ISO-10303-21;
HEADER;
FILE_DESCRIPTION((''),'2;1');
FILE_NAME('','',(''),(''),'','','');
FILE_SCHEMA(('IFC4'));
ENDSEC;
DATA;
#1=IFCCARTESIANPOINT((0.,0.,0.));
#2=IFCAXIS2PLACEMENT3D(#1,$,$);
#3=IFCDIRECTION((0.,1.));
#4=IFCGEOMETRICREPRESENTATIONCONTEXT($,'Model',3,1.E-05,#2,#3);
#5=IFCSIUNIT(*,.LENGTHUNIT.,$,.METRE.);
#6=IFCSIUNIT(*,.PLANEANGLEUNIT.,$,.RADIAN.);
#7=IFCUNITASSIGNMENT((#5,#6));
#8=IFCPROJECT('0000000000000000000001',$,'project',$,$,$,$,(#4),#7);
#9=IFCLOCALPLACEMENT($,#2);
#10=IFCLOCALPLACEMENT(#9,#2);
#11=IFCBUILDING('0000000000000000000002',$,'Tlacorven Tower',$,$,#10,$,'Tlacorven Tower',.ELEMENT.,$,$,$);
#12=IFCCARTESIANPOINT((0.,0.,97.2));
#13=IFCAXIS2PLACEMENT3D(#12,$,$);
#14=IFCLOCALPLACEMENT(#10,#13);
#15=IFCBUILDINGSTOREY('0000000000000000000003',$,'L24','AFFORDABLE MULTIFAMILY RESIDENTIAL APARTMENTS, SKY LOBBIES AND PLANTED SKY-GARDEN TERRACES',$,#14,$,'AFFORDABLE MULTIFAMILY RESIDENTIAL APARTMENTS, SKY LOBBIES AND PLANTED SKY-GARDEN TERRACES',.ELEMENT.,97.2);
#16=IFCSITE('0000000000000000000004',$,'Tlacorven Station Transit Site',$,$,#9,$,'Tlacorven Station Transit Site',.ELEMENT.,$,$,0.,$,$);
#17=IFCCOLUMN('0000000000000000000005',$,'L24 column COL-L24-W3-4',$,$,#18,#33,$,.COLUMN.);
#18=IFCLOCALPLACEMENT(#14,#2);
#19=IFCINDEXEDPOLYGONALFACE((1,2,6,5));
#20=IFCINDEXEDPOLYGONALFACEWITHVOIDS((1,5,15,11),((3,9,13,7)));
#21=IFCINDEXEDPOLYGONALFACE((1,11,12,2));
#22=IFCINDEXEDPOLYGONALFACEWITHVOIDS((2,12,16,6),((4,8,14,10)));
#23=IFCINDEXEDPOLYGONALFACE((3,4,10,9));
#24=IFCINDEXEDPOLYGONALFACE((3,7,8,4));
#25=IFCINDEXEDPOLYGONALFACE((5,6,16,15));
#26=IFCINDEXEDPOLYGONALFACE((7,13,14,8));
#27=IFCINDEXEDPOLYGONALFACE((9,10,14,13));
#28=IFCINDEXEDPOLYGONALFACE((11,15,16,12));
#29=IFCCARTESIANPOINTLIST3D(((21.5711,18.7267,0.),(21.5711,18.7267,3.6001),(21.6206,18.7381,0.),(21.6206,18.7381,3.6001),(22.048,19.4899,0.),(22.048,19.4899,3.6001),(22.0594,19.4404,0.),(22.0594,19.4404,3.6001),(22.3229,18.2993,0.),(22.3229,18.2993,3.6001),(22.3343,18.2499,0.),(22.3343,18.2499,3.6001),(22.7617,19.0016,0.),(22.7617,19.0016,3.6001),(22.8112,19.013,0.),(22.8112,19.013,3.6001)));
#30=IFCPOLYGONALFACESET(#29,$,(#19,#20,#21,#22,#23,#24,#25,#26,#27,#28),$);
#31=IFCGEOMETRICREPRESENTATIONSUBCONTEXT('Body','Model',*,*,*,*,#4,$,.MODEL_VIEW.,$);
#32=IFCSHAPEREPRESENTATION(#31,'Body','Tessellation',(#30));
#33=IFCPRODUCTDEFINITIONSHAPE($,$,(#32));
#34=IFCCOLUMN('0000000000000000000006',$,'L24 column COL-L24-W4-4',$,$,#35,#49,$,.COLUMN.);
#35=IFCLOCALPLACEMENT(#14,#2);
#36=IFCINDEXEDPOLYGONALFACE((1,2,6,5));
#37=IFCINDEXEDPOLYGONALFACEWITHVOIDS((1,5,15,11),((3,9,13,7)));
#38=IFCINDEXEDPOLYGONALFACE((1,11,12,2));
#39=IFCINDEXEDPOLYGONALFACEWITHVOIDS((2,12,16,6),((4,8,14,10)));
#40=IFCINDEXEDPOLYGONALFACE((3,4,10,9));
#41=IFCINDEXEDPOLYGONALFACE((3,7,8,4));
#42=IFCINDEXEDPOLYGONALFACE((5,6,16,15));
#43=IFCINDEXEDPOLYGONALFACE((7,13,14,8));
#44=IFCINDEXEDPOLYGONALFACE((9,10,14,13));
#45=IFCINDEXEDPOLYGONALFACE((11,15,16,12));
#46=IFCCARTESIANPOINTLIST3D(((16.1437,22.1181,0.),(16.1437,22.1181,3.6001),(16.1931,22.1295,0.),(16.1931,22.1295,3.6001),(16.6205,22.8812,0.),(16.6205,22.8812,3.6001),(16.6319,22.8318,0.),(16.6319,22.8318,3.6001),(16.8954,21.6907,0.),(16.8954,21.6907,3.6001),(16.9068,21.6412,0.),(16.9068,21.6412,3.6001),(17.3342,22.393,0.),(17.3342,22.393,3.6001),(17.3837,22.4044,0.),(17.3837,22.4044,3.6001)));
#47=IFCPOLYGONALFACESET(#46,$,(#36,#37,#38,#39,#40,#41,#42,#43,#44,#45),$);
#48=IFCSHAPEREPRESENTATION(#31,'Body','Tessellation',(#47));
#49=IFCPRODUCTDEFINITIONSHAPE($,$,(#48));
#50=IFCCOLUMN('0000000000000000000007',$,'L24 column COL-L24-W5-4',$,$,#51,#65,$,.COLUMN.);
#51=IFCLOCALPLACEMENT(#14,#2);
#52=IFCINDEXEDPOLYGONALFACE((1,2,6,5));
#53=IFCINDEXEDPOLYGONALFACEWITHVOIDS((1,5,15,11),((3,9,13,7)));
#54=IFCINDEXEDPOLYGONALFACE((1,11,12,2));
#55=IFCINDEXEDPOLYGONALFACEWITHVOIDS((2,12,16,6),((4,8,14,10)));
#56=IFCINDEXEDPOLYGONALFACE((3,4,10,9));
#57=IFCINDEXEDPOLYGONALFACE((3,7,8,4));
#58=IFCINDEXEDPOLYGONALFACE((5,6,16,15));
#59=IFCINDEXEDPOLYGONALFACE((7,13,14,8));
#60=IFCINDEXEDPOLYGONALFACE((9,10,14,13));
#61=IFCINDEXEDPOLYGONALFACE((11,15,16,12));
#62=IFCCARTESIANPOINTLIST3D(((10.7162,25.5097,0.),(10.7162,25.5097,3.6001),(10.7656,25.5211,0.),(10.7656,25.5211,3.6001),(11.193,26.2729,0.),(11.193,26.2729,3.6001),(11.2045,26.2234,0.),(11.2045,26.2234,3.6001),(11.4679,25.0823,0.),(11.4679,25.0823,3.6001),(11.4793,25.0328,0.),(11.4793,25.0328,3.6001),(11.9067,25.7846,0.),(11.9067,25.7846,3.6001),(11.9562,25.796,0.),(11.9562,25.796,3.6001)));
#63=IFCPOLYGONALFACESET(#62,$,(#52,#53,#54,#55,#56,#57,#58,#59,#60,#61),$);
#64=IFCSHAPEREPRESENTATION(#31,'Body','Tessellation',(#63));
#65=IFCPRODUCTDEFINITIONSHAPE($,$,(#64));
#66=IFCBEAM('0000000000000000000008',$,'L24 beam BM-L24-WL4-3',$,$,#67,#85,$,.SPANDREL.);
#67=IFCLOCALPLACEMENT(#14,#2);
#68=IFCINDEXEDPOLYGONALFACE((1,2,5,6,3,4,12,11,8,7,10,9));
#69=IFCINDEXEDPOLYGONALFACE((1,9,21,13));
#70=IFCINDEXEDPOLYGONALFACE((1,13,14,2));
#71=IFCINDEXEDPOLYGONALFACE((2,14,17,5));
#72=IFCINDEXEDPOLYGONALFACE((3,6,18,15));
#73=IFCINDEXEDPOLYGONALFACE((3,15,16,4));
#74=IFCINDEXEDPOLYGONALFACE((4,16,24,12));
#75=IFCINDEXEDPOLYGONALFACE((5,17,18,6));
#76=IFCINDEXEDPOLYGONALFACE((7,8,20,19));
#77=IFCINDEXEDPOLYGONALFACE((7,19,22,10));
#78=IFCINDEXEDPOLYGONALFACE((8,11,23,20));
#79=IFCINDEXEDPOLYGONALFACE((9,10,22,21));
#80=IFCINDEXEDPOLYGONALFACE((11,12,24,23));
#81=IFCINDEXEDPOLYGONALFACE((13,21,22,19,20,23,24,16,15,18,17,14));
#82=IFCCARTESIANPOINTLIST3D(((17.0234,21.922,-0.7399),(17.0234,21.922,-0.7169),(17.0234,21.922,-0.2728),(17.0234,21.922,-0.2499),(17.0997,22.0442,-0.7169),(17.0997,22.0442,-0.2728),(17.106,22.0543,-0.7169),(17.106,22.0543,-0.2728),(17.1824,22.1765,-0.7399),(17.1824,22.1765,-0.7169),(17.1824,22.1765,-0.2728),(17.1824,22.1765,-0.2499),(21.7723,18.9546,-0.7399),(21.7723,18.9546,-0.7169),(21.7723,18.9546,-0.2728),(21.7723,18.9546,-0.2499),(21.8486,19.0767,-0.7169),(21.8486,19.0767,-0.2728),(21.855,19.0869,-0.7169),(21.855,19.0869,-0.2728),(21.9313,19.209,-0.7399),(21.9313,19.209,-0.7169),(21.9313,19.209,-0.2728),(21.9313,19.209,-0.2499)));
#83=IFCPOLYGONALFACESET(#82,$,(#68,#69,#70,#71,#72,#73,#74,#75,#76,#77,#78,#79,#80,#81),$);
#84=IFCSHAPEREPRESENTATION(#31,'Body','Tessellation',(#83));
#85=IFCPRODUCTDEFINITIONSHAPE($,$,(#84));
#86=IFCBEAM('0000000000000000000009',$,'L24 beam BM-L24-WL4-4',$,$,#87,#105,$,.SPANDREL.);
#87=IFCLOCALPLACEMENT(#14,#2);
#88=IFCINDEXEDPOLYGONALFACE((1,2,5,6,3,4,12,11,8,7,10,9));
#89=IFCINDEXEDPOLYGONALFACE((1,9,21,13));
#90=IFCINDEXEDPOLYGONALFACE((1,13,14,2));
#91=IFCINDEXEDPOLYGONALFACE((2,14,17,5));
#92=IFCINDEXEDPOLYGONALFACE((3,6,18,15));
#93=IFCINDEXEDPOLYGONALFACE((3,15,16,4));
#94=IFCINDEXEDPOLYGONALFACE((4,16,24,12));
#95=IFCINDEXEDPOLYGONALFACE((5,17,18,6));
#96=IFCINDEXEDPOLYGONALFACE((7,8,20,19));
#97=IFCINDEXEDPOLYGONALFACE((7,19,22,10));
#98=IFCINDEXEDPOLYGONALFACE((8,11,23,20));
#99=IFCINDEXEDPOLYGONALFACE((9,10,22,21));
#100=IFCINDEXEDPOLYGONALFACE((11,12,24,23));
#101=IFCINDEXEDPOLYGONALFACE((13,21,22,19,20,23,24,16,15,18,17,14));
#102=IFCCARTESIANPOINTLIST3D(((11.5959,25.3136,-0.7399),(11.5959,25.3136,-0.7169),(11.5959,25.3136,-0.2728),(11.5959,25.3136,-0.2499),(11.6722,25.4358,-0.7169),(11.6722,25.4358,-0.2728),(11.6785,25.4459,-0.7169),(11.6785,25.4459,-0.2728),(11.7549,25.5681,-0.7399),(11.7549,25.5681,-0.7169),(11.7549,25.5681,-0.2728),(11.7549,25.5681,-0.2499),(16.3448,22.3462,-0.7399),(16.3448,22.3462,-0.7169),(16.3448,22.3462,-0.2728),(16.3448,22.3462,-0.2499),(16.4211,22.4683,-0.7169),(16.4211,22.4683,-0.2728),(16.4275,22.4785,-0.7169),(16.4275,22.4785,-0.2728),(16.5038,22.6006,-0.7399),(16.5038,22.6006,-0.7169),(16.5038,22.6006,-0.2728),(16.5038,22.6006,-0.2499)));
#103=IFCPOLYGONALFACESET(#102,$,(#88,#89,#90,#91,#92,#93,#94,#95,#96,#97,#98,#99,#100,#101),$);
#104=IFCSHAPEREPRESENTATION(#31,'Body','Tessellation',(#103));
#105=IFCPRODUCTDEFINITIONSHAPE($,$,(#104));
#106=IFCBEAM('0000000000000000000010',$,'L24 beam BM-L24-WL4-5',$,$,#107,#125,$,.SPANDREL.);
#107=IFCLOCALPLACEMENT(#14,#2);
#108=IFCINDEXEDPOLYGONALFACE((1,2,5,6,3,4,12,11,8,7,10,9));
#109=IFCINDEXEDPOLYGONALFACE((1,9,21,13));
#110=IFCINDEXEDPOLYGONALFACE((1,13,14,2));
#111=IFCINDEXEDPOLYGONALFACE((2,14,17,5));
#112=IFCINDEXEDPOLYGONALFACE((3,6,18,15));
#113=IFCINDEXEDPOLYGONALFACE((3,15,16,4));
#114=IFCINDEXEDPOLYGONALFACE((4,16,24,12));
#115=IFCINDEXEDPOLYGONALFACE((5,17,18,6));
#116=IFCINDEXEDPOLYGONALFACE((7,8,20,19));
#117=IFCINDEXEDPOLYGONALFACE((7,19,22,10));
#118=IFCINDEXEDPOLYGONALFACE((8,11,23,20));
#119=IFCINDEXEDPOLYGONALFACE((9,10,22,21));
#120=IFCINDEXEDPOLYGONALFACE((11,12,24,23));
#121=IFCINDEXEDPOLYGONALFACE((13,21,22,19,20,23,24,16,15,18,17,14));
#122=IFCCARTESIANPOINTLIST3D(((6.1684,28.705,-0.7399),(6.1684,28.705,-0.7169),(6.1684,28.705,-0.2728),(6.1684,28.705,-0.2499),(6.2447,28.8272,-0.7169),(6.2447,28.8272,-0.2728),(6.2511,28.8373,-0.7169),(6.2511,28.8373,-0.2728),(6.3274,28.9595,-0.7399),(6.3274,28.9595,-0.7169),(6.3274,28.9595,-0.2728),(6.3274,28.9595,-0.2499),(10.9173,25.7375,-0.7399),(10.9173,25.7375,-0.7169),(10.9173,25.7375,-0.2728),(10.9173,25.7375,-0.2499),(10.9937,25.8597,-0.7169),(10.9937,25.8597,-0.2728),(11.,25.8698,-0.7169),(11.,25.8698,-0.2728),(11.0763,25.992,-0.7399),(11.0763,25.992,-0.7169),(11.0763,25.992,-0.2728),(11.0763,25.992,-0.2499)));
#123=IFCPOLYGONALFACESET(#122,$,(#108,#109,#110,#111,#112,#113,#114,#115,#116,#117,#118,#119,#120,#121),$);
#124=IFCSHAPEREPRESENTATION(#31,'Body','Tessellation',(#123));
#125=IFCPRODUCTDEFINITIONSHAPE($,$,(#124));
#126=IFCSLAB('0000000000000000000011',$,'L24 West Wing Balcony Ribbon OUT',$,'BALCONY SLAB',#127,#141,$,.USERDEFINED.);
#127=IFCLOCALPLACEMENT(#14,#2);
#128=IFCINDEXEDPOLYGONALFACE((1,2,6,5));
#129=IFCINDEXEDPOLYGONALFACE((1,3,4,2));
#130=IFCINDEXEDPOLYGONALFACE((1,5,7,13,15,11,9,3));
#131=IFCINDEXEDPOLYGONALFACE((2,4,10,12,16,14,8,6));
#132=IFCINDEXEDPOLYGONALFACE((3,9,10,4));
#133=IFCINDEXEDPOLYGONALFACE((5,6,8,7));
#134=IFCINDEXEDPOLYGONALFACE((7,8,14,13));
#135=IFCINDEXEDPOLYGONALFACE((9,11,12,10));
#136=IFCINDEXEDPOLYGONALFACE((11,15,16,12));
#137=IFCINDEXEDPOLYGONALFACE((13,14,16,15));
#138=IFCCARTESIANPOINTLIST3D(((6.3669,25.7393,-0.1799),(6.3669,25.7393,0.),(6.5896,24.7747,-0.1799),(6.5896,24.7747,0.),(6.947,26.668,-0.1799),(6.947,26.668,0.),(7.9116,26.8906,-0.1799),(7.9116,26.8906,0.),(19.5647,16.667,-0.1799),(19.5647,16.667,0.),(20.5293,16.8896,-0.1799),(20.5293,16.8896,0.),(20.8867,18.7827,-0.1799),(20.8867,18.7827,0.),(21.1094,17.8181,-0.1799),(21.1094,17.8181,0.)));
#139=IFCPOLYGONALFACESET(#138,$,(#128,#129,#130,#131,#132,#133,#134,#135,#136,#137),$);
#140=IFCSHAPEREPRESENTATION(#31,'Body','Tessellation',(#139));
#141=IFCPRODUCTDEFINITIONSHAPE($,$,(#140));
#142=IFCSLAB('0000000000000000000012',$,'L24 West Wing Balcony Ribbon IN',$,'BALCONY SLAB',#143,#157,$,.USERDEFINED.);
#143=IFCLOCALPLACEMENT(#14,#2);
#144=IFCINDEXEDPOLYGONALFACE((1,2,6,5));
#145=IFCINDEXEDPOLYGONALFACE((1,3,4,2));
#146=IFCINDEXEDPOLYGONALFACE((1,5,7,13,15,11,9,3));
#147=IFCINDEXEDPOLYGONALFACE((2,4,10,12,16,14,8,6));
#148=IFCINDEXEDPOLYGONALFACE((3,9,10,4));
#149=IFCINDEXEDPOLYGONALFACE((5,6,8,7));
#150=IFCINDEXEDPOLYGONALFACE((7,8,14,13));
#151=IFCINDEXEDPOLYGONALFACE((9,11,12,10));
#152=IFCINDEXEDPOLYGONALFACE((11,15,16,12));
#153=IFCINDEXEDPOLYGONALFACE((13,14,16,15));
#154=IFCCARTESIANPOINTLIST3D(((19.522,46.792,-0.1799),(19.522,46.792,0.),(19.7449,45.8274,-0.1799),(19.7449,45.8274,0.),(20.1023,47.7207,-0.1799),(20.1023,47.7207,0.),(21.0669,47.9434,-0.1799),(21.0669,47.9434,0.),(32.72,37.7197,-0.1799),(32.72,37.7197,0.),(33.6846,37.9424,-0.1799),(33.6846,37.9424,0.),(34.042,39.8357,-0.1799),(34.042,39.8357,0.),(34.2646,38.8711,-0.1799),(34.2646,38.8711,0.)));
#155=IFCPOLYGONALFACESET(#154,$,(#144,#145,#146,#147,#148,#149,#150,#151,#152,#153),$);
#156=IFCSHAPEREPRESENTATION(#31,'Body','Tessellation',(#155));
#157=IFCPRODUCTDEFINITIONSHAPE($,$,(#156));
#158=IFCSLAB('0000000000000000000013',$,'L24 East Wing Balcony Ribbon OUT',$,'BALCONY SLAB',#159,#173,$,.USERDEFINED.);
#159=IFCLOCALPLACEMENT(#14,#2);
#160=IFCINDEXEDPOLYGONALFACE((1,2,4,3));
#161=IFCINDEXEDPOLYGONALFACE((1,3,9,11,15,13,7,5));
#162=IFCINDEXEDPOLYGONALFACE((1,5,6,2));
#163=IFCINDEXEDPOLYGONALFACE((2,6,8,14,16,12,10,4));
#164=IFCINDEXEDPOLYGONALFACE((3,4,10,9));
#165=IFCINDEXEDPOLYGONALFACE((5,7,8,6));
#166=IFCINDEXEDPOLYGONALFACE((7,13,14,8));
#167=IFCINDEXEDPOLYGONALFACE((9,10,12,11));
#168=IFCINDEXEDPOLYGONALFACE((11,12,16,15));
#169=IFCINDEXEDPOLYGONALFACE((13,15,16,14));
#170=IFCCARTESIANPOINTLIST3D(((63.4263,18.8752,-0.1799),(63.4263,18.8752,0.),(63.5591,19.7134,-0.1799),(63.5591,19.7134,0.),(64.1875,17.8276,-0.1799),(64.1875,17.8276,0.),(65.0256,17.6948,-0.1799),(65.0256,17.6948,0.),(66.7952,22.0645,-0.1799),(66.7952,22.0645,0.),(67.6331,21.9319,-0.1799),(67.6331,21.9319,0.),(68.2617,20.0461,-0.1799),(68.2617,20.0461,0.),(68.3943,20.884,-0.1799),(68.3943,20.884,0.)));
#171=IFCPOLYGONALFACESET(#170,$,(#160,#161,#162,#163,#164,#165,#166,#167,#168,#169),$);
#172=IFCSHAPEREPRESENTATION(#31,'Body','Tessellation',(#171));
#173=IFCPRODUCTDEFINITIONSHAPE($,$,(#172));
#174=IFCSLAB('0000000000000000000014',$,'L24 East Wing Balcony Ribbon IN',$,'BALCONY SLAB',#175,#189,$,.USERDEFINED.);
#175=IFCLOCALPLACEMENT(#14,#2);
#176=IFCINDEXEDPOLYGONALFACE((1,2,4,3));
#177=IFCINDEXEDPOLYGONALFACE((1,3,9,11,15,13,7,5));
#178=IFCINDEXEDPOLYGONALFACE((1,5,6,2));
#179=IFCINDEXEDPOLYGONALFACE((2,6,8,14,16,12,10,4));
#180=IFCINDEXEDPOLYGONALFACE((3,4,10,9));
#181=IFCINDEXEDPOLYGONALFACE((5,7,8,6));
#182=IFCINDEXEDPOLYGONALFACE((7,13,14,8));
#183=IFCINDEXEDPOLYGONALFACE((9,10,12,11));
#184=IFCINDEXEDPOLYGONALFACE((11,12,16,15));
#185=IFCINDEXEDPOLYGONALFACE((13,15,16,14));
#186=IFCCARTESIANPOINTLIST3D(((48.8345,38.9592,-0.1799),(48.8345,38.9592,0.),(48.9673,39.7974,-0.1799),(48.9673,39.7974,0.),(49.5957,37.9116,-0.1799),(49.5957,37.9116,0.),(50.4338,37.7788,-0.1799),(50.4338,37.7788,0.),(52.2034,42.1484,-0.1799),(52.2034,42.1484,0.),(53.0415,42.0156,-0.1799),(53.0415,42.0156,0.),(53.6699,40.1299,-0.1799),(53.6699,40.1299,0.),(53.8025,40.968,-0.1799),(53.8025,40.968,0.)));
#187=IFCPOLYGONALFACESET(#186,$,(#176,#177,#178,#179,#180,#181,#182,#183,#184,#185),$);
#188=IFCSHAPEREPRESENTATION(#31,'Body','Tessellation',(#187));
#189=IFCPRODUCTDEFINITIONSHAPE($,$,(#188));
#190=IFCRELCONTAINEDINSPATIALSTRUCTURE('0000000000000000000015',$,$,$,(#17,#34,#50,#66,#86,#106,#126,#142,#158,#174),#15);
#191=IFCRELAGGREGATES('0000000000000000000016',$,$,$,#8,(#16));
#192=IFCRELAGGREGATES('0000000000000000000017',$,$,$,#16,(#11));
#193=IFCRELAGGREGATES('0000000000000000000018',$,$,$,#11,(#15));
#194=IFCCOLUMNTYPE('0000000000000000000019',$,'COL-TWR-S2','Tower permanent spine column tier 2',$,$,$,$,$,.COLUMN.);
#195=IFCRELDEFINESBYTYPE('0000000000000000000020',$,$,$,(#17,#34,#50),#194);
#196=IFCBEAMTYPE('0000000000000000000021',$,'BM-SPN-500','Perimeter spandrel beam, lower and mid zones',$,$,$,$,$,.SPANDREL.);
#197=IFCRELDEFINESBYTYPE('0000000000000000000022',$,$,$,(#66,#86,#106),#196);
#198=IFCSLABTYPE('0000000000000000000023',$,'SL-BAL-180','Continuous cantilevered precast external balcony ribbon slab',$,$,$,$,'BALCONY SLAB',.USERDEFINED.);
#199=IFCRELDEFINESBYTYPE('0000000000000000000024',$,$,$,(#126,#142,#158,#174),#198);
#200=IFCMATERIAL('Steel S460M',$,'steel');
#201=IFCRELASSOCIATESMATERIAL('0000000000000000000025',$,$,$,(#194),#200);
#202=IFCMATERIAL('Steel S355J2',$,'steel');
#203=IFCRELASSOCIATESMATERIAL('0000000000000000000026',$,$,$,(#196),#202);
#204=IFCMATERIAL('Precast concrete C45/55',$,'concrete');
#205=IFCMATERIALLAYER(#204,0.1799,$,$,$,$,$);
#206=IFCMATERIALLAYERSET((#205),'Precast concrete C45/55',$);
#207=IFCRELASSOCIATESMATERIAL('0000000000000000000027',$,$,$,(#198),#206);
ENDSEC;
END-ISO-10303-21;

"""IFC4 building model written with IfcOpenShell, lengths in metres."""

from ifc_helpers import new_model, si_unit, direction, frame, origin, origin_2d, place, context, subcontext, project, spatial, polyline, hollow_rectangle, i_section, outline, extrude, source, transform, mapped, material, layer, layer_set, material_profile, profile_set, type_object, element, save


model = new_model("IFC4")

# Units and contexts
model_context = context("Model", 3, precision=1e-05, world=origin(), true_north=direction((0.0, 1.0)))
body_context = subcontext(model_context, "Body", "Model", "MODEL_VIEW")
ifc_project = project(units=[si_unit("LENGTHUNIT", "METRE"), si_unit("PLANEANGLEUNIT", "RADIAN")], contexts=[model_context])

# Site, building, storey
site_placement = place(None, origin())
site = spatial("IfcSite", under=ifc_project, at=site_placement, Name="Tlacorven Station Transit Site", LongName="Tlacorven Station Transit Site", CompositionType="ELEMENT", RefElevation=0.0)
building_placement = place(site_placement, origin())
building = spatial("IfcBuilding", under=site, at=building_placement, Name="Tlacorven Tower", LongName="Tlacorven Tower", CompositionType="ELEMENT")
storey_placement = place(building_placement, frame((0.0, 0.0, 97.2)))
storey = spatial("IfcBuildingStorey", under=building, at=storey_placement, Name="L24", Description="AFFORDABLE MULTIFAMILY RESIDENTIAL APARTMENTS, SKY LOBBIES AND PLANTED SKY-GARDEN TERRACES", LongName="AFFORDABLE MULTIFAMILY RESIDENTIAL APARTMENTS, SKY LOBBIES AND PLANTED SKY-GARDEN TERRACES", CompositionType="ELEMENT", Elevation=97.2)

# Columns
ifc_material_1 = material(Name="Steel S460M", Category="steel")
ifc_material_profile_1 = material_profile(ifc_material_1, hollow_rectangle(XDim=0.8999, YDim=0.8999, WallThickness=0.0359, at=origin_2d()), Name="BOX 900X900X36")
ifc_profile_set_1 = profile_set([ifc_material_profile_1], Name="Steel S460M")
column_type = type_object("IfcColumnType", Name="COL-TWR-S2", Description="Tower permanent spine column tier 2", PredefinedType="COLUMN", material=ifc_profile_set_1)
shared_shape_1 = source(origin(), body_context, "Body", "SweptSolid", [
    extrude(hollow_rectangle(XDim=0.8999, YDim=0.8999, WallThickness=0.0359, at=origin_2d()), origin(), (0.0, 0.0, 1.0), 3.6001),
])
for number, where, z_axis, x_axis, name in (
    (1, (22.1912, 18.8699, 0.0), (0.0, 0.0, 1.0), (-0.848048, 0.529919, 0.0), "L24 column COL-L24-W3-4"),
    (2, (16.7637, 22.2612, 0.0), (0.0, 0.0, 1.0), (-0.848048, 0.529919, 0.0), "L24 column COL-L24-W4-4"),
    (3, (11.3362, 25.6528, 0.0), (0.0, 0.0, 1.0), (-0.848048, 0.529919, 0.0), "L24 column COL-L24-W5-4"),
):
    element("IfcColumn", number, at=place(storey_placement, frame(where, z_axis=z_axis, x_axis=x_axis)), inside=storey, type_object=column_type, Name=name, PredefinedType="COLUMN", context=body_context, shape_type="MappedRepresentation", body=[
        mapped(shared_shape_1, transform((0.0, 0.0, 0.0), scale=1.0)),
    ])

# Beams
ifc_material_2 = material(Name="Steel S355J2", Category="steel")
ifc_material_profile_2 = material_profile(ifc_material_2, i_section(OverallWidth=0.3, OverallDepth=0.49, WebThickness=0.012, FlangeThickness=0.0229, at=origin_2d()), Name="HEA 500")
ifc_profile_set_2 = profile_set([ifc_material_profile_2], Name="Steel S355J2")
beam_type = type_object("IfcBeamType", Name="BM-SPN-500", Description="Perimeter spandrel beam, lower and mid zones", PredefinedType="SPANDREL", material=ifc_profile_set_2)
shared_shape_2 = source(origin(), body_context, "Body", "SweptSolid", [
    extrude(i_section(OverallWidth=0.3, OverallDepth=0.49, WebThickness=0.012, FlangeThickness=0.0229, at=origin_2d()), origin(), (0.0, 0.0, 1.0), 5.5999),
])
for number, where, z_axis, x_axis, name in (
    (4, (21.8518, 19.0818, -0.4949), (-0.848047, 0.529921, 0.0), (-0.529921, -0.848047, 0.0), "L24 beam BM-L24-WL4-3"),
    (5, (16.4243, 22.4734, -0.4949), (-0.848047, 0.529921, 0.0), (-0.529921, -0.848047, 0.0), "L24 beam BM-L24-WL4-4"),
    (6, (10.9968, 25.8647, -0.4949), (-0.848047, 0.529921, 0.0), (-0.529921, -0.848047, 0.0), "L24 beam BM-L24-WL4-5"),
):
    element("IfcBeam", number, at=place(storey_placement, frame(where, z_axis=z_axis, x_axis=x_axis)), inside=storey, type_object=beam_type, Name=name, PredefinedType="SPANDREL", context=body_context, shape_type="MappedRepresentation", body=[
        mapped(shared_shape_2, transform((0.0, 0.0, 0.0), scale=1.0)),
    ])

# Slabs
ifc_material_3 = material(Name="Precast concrete C45/55", Category="concrete")
ifc_layer_1 = layer(ifc_material_3, 0.1799)
ifc_layer_set_1 = layer_set([ifc_layer_1], Name="Precast concrete C45/55")
slab_type_1 = type_object("IfcSlabType", Name="SL-BAL-180", Description="Continuous cantilevered precast external balcony ribbon slab", ElementType="BALCONY SLAB", PredefinedType="USERDEFINED", material=ifc_layer_set_1)
slab_1_placement = place(storey_placement, frame((0.0, 0.0, -0.1799)))
element("IfcSlab", 7, at=slab_1_placement, inside=storey, type_object=slab_type_1, Name="L24 West Wing Balcony Ribbon OUT", ObjectType="BALCONY SLAB", PredefinedType="USERDEFINED", context=body_context, shape_type="SweptSolid", body=[
    extrude(outline(polyline([(20.8867, 18.7827), (7.9116, 26.8906), (6.947, 26.668), (6.3669, 25.7393), (6.5896, 24.7747), (19.5647, 16.667), (20.5293, 16.8896), (21.1094, 17.8181), (20.8867, 18.7827)])), origin(), (0.0, 0.0, 1.0), 0.1799),
])
slab_2_placement = place(storey_placement, frame((0.0, 0.0, -0.1799)))
element("IfcSlab", 8, at=slab_2_placement, inside=storey, type_object=slab_type_1, Name="L24 West Wing Balcony Ribbon IN", ObjectType="BALCONY SLAB", PredefinedType="USERDEFINED", context=body_context, shape_type="SweptSolid", body=[
    extrude(outline(polyline([(34.042, 39.8357), (21.0669, 47.9434), (20.1023, 47.7207), (19.522, 46.792), (19.7449, 45.8274), (32.72, 37.7197), (33.6846, 37.9424), (34.2646, 38.8711), (34.042, 39.8357)])), origin(), (0.0, 0.0, 1.0), 0.1799),
])
slab_3_placement = place(storey_placement, frame((0.0, 0.0, -0.1799)))
element("IfcSlab", 9, at=slab_3_placement, inside=storey, type_object=slab_type_1, Name="L24 East Wing Balcony Ribbon OUT", ObjectType="BALCONY SLAB", PredefinedType="USERDEFINED", context=body_context, shape_type="SweptSolid", body=[
    extrude(outline(polyline([(65.0256, 17.6948), (68.2617, 20.0461), (68.3943, 20.884), (67.6331, 21.9319), (66.7952, 22.0645), (63.5591, 19.7134), (63.4263, 18.8752), (64.1875, 17.8276), (65.0256, 17.6948)])), origin(), (0.0, 0.0, 1.0), 0.1799),
])
slab_4_placement = place(storey_placement, frame((0.0, 0.0, -0.1799)))
element("IfcSlab", 10, at=slab_4_placement, inside=storey, type_object=slab_type_1, Name="L24 East Wing Balcony Ribbon IN", ObjectType="BALCONY SLAB", PredefinedType="USERDEFINED", context=body_context, shape_type="SweptSolid", body=[
    extrude(outline(polyline([(50.4338, 37.7788), (53.6699, 40.1299), (53.8025, 40.968), (53.0415, 42.0156), (52.2034, 42.1484), (48.9673, 39.7974), (48.8345, 38.9592), (49.5957, 37.9116), (50.4338, 37.7788)])), origin(), (0.0, 0.0, 1.0), 0.1799),
])

save(model, "model.ifc")
